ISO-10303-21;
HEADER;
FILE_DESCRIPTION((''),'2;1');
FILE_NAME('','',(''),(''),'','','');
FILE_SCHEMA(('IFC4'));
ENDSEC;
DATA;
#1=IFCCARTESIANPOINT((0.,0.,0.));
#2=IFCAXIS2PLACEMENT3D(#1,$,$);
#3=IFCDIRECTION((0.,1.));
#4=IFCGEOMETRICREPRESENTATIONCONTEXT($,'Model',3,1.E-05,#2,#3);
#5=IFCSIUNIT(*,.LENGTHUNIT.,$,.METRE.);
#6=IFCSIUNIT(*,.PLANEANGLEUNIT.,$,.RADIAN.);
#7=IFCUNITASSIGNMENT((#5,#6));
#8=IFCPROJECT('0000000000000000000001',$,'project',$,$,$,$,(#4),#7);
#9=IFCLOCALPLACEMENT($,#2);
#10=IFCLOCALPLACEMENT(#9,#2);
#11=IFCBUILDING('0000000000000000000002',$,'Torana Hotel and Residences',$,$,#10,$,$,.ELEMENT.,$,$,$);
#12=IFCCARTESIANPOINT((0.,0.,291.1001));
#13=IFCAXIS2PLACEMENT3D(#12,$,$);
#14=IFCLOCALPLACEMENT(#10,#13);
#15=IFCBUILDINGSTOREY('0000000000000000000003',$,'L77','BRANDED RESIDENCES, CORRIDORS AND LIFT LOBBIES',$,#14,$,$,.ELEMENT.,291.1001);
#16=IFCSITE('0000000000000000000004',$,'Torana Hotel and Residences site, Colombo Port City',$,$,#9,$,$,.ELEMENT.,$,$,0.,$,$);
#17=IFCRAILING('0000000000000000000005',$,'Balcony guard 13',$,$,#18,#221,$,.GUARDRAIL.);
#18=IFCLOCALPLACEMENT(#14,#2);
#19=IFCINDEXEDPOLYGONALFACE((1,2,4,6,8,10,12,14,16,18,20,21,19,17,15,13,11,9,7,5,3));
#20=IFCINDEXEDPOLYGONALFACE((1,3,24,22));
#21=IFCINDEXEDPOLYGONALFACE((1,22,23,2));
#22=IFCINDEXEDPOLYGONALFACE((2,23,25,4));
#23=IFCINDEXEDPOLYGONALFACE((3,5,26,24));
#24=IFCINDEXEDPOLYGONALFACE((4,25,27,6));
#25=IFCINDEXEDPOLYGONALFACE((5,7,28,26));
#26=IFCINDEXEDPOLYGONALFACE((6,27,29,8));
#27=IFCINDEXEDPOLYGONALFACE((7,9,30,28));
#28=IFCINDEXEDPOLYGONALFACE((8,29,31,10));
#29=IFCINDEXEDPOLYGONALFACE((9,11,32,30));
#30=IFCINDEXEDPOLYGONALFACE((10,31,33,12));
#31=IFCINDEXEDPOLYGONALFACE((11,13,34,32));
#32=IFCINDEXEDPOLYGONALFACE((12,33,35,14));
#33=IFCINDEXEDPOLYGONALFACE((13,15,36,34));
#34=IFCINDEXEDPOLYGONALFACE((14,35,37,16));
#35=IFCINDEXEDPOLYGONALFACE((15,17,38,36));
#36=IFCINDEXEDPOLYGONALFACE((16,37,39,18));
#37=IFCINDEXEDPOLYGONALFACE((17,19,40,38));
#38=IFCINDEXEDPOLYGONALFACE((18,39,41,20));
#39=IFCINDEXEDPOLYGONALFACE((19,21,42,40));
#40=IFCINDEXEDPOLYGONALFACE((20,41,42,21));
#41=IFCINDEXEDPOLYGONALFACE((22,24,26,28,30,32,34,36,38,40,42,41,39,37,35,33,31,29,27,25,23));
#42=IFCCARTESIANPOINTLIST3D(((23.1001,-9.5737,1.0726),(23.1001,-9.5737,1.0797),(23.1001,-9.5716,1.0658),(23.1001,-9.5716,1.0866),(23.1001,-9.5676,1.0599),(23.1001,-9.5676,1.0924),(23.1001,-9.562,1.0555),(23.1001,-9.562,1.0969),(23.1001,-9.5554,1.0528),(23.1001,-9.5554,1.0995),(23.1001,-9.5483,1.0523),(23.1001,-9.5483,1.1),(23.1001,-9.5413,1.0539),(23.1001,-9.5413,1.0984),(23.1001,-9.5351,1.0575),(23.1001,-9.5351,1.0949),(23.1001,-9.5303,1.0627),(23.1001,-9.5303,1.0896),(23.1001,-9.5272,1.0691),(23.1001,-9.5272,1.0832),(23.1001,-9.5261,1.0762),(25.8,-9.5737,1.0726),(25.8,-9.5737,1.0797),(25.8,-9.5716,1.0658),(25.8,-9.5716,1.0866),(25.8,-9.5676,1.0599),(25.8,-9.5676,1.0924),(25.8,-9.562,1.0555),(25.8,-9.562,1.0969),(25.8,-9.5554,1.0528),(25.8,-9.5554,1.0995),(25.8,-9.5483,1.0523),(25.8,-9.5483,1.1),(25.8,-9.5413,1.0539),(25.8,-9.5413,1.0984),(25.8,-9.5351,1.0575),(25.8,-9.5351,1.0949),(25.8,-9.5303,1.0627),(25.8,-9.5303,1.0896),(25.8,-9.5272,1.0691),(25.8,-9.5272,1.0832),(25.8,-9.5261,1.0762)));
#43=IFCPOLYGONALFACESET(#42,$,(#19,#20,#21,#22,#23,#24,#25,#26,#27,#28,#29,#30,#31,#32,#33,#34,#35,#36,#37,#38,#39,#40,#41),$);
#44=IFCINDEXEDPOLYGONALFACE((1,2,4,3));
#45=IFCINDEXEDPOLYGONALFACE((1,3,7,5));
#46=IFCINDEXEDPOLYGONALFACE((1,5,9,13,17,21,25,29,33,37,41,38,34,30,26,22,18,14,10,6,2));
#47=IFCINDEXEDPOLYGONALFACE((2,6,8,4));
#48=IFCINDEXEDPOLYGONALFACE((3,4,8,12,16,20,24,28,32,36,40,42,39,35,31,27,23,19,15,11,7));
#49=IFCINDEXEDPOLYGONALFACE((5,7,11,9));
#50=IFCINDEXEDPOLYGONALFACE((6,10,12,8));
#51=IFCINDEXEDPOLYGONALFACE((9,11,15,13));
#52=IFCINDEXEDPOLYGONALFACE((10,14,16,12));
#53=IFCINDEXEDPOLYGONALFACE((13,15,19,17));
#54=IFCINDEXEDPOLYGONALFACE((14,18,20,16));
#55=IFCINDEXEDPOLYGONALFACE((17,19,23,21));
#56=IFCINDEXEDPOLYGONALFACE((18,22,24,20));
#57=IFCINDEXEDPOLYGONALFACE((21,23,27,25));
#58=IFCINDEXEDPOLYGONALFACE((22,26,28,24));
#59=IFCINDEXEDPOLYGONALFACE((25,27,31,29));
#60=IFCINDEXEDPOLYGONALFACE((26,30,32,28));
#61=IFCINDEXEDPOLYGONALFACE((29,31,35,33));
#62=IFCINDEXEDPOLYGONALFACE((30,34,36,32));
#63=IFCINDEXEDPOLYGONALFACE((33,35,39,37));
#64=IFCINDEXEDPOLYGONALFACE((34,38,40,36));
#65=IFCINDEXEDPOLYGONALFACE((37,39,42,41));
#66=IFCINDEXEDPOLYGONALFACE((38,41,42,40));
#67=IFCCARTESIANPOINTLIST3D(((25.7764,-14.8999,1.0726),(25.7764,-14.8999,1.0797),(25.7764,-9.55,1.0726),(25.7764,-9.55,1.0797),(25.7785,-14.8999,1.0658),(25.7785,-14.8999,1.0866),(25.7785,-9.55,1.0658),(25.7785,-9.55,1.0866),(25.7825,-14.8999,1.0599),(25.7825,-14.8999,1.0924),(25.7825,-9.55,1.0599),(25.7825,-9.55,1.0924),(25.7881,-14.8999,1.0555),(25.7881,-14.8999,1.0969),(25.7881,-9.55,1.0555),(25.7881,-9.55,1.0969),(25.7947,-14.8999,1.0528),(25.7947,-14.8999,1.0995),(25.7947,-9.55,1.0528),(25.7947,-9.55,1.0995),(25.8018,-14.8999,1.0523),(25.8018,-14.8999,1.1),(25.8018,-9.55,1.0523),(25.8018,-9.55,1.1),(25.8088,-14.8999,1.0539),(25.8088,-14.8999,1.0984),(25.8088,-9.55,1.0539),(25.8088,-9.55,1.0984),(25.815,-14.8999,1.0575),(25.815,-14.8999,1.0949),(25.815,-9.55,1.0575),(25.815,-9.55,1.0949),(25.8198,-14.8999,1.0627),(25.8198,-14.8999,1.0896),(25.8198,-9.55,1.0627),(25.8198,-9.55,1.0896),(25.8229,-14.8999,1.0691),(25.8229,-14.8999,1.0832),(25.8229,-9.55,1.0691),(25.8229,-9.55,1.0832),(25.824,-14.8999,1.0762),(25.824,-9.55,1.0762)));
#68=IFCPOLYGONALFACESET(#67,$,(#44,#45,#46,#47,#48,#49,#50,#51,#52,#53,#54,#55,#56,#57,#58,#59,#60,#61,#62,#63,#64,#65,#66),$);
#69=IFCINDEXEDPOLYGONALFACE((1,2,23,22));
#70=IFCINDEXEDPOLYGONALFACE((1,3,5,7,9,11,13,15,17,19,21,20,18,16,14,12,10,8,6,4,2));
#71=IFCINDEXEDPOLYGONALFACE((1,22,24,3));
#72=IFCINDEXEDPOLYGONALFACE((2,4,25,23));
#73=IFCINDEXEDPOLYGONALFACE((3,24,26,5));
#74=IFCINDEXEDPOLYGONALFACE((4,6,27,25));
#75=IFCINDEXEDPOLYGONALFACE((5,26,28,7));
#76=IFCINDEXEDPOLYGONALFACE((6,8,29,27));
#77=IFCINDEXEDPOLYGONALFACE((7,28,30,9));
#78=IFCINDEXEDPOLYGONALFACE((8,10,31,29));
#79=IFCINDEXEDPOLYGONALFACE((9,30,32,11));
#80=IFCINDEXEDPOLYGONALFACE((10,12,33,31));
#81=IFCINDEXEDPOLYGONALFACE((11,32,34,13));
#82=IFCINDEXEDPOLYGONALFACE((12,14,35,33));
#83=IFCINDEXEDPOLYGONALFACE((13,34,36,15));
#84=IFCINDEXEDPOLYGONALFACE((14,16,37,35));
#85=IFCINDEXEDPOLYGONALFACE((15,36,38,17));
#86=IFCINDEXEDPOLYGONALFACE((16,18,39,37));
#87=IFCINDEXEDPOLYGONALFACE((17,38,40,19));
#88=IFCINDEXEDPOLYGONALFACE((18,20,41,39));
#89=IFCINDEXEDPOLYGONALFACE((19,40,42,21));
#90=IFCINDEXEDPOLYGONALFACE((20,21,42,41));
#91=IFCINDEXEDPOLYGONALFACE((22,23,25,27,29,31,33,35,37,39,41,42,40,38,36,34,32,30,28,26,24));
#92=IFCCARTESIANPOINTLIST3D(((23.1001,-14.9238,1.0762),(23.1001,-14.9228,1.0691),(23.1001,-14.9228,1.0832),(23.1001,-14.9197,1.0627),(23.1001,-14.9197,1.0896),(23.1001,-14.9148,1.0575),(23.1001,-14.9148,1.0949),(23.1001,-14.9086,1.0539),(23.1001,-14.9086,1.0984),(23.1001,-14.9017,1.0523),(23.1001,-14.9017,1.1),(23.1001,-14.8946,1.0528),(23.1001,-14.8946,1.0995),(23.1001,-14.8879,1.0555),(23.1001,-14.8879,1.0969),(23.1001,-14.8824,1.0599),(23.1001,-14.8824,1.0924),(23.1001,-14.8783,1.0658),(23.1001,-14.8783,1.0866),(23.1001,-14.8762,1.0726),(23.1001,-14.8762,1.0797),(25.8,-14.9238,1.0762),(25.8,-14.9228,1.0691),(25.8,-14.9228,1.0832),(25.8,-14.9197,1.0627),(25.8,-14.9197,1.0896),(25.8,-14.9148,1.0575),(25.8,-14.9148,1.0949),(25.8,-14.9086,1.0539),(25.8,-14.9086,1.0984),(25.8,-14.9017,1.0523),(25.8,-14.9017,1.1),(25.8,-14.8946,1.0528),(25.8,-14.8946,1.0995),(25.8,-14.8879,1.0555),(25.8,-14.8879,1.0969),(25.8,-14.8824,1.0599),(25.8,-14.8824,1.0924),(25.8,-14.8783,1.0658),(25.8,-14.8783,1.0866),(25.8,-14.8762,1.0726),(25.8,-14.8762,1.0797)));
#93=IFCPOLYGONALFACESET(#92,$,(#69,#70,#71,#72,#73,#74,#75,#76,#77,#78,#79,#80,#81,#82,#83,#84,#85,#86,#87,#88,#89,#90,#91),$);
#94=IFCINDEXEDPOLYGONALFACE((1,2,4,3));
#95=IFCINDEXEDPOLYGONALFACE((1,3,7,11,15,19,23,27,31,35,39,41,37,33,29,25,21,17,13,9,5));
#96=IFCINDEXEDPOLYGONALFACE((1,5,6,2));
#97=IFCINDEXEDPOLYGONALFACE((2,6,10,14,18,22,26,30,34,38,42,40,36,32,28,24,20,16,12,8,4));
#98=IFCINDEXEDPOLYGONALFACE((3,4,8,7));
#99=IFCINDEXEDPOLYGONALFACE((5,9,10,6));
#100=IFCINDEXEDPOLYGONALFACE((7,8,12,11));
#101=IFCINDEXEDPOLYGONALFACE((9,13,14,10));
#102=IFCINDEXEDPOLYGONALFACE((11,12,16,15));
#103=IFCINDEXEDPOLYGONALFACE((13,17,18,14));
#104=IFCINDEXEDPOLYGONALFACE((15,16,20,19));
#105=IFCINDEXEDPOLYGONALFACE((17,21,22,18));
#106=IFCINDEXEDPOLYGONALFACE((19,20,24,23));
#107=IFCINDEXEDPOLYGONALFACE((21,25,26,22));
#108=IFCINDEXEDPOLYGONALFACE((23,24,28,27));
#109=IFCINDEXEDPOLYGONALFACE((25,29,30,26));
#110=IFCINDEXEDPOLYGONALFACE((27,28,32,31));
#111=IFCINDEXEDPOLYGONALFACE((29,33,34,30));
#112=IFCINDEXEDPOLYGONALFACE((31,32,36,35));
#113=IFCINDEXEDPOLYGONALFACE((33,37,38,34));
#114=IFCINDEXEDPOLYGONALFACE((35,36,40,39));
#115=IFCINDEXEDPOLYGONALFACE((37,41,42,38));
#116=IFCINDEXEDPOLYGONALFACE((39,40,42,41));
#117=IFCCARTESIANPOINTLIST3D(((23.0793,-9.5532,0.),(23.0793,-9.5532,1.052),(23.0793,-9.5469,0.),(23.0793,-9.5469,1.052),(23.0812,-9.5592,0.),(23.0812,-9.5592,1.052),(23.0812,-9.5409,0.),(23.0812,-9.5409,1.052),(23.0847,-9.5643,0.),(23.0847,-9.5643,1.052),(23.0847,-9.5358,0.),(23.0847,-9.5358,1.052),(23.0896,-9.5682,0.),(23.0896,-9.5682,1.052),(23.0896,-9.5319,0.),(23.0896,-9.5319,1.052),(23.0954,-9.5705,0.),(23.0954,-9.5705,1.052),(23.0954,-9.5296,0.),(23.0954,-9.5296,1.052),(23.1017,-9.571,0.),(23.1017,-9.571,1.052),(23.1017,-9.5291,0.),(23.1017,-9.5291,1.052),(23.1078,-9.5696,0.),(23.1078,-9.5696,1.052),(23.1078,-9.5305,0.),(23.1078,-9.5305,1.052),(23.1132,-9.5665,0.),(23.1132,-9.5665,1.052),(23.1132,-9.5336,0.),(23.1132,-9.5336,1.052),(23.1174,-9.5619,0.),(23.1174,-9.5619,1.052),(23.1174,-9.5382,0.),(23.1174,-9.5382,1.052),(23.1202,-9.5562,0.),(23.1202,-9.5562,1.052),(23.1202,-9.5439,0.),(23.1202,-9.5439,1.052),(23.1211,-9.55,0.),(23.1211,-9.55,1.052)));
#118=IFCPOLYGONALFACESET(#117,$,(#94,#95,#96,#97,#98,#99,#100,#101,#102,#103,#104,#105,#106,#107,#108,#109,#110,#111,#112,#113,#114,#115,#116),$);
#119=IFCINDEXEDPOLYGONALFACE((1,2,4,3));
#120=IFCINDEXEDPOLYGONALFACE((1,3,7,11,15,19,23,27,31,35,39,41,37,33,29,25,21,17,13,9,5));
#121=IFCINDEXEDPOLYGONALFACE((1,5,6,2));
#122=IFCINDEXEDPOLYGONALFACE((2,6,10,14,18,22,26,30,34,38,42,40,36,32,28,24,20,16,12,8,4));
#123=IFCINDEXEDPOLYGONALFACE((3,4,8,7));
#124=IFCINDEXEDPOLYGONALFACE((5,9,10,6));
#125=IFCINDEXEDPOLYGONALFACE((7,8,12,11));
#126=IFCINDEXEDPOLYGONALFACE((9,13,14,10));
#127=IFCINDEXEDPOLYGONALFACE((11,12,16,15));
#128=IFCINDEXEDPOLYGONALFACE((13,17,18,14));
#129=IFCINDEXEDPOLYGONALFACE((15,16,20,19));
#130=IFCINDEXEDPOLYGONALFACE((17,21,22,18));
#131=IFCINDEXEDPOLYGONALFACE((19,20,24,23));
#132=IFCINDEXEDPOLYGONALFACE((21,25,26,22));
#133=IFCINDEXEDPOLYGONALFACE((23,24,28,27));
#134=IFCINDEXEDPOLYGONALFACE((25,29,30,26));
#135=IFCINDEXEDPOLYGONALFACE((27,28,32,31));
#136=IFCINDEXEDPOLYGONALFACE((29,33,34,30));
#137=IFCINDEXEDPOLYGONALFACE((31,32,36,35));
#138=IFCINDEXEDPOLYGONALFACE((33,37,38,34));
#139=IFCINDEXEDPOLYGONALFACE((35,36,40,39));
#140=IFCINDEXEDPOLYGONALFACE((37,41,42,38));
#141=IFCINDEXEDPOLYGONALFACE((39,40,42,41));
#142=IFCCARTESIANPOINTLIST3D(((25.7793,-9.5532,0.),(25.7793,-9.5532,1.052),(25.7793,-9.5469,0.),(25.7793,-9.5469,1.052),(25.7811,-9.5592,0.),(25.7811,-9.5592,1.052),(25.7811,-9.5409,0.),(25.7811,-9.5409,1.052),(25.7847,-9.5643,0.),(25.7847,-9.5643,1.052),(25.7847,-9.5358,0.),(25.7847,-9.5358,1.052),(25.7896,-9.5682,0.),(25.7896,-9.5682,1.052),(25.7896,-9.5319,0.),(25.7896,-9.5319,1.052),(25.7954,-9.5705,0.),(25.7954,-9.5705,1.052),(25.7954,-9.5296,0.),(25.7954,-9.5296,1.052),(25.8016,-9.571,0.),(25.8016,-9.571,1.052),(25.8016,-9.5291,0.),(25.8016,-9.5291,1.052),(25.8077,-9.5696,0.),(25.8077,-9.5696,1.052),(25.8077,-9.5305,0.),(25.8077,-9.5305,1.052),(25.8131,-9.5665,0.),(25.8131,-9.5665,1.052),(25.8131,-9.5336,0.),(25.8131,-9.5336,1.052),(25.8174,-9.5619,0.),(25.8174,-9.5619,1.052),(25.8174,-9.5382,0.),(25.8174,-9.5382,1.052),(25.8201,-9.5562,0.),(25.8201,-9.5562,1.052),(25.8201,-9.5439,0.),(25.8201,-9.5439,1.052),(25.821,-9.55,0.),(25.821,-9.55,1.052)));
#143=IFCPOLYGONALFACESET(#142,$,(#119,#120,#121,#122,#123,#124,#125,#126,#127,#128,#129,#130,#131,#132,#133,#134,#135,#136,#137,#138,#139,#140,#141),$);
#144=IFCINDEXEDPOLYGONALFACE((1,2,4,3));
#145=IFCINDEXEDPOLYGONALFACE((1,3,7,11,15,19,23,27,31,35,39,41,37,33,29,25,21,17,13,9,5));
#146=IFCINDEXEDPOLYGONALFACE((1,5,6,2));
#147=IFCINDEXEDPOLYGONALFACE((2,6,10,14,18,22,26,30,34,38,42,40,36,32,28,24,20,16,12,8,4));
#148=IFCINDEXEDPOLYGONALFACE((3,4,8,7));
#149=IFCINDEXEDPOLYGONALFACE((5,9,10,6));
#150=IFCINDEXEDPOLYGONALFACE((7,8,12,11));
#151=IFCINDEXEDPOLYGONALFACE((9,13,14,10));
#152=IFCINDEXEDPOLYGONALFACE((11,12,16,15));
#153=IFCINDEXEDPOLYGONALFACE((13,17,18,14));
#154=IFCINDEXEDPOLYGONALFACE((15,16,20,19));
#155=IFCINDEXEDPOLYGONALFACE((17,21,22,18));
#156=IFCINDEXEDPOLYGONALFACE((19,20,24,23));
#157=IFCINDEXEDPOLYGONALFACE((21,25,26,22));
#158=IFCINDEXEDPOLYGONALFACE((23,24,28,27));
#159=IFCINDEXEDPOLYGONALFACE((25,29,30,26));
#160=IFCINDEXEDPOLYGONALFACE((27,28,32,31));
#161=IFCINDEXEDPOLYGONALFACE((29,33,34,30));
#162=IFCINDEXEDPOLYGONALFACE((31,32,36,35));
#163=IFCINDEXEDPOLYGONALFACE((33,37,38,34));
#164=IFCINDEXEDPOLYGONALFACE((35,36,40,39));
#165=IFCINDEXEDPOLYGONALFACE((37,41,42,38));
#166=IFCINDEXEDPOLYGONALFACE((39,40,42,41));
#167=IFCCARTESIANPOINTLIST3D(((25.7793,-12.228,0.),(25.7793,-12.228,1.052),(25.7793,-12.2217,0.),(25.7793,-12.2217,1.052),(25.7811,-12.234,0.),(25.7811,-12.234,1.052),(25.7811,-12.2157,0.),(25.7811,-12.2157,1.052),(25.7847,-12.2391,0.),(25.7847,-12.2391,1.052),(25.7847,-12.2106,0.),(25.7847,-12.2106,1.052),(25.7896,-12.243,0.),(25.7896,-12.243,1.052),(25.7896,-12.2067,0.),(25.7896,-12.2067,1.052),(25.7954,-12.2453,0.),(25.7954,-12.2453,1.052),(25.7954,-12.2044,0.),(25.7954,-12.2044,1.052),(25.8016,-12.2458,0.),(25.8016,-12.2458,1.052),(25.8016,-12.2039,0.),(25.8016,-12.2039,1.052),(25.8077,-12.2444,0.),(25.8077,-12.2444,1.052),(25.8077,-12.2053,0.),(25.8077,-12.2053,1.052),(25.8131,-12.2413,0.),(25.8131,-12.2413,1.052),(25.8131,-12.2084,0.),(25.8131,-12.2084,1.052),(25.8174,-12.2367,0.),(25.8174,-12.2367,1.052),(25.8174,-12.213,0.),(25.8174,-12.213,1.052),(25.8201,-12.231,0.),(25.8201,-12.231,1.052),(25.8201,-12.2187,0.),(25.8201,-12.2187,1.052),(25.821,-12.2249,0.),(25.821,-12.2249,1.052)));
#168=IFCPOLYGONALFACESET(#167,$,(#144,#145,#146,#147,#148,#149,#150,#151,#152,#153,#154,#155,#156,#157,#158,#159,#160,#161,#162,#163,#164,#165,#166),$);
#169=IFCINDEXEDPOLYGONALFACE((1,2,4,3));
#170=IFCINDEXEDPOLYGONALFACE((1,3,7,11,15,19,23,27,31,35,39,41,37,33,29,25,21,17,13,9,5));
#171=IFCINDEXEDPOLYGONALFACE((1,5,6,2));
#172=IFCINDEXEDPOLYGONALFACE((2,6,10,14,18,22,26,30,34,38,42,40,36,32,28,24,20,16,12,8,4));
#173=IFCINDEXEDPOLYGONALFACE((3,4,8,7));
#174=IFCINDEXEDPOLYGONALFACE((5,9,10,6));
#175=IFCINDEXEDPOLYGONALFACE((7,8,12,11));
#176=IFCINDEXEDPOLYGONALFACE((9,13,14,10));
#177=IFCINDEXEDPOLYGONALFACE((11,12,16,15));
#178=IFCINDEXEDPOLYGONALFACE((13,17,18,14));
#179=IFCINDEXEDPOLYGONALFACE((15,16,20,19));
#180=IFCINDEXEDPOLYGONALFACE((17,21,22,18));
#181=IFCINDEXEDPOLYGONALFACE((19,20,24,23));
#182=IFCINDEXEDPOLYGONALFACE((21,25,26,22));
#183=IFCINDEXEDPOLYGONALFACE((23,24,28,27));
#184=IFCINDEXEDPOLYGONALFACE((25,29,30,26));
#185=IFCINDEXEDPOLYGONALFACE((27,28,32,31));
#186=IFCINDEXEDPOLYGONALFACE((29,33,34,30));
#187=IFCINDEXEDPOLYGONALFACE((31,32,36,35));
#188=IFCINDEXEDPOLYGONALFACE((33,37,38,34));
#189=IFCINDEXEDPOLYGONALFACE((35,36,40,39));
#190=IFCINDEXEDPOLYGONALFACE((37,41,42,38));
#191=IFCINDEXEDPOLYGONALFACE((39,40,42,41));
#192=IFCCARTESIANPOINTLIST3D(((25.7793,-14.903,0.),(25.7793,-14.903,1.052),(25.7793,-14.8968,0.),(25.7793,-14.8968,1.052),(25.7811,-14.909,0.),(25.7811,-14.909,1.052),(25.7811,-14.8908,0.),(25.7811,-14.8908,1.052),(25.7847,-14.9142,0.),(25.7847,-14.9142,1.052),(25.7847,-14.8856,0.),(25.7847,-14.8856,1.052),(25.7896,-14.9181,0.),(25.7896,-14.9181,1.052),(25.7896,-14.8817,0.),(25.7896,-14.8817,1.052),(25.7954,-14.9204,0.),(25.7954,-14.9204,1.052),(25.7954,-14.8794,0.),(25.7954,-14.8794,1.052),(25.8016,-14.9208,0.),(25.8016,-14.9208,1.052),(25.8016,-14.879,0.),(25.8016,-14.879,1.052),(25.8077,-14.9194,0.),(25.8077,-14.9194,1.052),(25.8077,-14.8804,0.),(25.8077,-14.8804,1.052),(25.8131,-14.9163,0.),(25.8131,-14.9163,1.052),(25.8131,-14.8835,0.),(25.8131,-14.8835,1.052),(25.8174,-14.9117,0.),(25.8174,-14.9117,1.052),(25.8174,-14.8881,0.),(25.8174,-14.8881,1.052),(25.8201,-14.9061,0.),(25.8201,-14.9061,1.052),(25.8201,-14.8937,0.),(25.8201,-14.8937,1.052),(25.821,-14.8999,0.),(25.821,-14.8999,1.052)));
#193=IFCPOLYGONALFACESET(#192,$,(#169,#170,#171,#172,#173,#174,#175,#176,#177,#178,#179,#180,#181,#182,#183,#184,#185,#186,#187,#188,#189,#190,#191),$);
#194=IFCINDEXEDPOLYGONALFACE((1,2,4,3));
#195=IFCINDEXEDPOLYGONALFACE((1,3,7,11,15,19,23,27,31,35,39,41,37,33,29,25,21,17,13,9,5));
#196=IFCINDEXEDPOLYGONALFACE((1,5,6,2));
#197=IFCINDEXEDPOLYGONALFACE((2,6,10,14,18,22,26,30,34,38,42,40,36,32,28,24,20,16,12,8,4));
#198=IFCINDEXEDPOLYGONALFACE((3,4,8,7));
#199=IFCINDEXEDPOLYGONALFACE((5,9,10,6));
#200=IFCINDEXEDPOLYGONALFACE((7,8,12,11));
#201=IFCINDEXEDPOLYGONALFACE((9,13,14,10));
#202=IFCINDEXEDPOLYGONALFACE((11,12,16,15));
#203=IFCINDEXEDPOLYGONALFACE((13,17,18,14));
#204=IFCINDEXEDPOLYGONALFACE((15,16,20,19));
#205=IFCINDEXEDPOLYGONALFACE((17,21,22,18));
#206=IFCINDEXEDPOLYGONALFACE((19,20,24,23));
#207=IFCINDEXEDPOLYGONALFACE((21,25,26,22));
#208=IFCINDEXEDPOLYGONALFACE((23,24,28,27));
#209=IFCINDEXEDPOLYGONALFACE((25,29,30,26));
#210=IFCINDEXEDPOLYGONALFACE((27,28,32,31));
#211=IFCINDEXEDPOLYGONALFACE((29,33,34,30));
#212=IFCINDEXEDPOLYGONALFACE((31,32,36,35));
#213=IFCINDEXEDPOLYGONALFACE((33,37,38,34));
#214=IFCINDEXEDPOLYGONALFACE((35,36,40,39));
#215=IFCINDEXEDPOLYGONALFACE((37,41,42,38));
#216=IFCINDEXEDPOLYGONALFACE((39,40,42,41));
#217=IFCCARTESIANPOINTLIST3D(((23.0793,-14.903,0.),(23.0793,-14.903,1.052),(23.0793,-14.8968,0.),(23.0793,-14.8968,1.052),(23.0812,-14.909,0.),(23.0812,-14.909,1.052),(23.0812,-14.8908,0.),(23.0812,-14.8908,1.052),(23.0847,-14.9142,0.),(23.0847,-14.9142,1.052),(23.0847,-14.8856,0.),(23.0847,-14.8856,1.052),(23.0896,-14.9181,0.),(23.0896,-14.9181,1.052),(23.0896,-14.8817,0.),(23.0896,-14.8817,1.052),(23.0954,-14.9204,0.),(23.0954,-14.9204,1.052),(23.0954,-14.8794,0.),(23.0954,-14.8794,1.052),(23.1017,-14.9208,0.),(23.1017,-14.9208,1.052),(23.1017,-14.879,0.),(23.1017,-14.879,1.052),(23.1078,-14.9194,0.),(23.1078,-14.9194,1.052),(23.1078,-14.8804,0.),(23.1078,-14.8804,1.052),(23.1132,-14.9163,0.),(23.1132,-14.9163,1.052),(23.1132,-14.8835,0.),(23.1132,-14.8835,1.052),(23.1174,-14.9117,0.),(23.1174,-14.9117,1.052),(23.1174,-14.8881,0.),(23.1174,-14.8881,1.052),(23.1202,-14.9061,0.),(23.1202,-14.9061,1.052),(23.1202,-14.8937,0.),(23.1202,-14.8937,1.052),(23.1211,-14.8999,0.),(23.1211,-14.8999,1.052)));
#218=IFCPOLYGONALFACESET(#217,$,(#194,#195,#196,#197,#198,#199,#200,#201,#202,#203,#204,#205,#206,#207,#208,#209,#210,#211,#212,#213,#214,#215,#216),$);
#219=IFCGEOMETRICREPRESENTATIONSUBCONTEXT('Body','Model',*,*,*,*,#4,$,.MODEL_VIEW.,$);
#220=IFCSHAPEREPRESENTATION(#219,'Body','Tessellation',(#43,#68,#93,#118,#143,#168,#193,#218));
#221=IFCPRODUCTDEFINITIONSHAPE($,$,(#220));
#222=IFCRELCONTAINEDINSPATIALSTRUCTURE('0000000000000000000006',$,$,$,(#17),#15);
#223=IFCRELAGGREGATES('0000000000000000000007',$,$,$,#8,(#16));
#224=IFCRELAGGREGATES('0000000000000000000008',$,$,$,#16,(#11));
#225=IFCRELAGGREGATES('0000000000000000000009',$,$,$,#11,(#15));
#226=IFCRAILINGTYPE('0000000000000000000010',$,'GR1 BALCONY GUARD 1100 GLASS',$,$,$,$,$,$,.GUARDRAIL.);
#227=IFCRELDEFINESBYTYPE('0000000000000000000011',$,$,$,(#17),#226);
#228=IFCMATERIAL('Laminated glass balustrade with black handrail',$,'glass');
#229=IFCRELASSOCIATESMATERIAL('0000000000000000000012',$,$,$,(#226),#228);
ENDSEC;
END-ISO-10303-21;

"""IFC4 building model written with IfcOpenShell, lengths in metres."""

from ifc_helpers import new_model, si_unit, direction, frame, origin, origin_2d, place, context, subcontext, project, spatial, circle, extrude, material, type_object, element, save


model = new_model("IFC4")

# Units and contexts
model_context = context("Model", 3, precision=1e-05, world=origin(), true_north=direction((0.0, 1.0)))
body_context = subcontext(model_context, "Body", "Model", "MODEL_VIEW")
ifc_project = project(units=[si_unit("LENGTHUNIT", "METRE"), si_unit("PLANEANGLEUNIT", "RADIAN")], contexts=[model_context])

# Site, building, storey
site_placement = place(None, origin())
site = spatial("IfcSite", under=ifc_project, at=site_placement, Name="Torana Hotel and Residences site, Colombo Port City", CompositionType="ELEMENT", RefElevation=0.0)
building_placement = place(site_placement, origin())
building = spatial("IfcBuilding", under=site, at=building_placement, Name="Torana Hotel and Residences", CompositionType="ELEMENT")
storey_placement = place(building_placement, frame((0.0, 0.0, 291.1001)))
storey = spatial("IfcBuildingStorey", under=building, at=storey_placement, Name="L77", Description="BRANDED RESIDENCES, CORRIDORS AND LIFT LOBBIES", CompositionType="ELEMENT", Elevation=291.1001)

# Railing
ifc_material_1 = material(Name="Laminated glass balustrade with black handrail", Category="glass")
railing_type = type_object("IfcRailingType", Name="GR1 BALCONY GUARD 1100 GLASS", PredefinedType="GUARDRAIL", material=ifc_material_1)
railing_1_placement = place(storey_placement, frame((23.1001, -9.55, 0.0)))
element("IfcRailing", 1, at=railing_1_placement, inside=storey, type_object=railing_type, Name="Balcony guard 13", PredefinedType="GUARDRAIL", context=body_context, shape_type="SweptSolid", body=[
    extrude(circle(Radius=0.0239, at=origin_2d()), frame((0.0, 0.0, 1.0762), z_axis=(1.0, 0.0, 0.0), x_axis=(0.0, 1.0, 0.0)), (0.0, 0.0, 1.0), 2.7),
    extrude(circle(Radius=0.0239, at=origin_2d()), frame((2.7, 0.0, 1.0762), z_axis=(0.0, -1.0, 0.0), x_axis=(1.0, 0.0, 0.0)), (0.0, 0.0, 1.0), 5.3499),
    extrude(circle(Radius=0.0239, at=origin_2d()), frame((2.7, -5.3499, 1.0762), z_axis=(-1.0, 0.0, 0.0), x_axis=(0.0, -1.0, 0.0)), (0.0, 0.0, 1.0), 2.7),
    extrude(circle(Radius=0.021, at=origin_2d()), origin(), (0.0, 0.0, 1.0), 1.052),
    extrude(circle(Radius=0.021, at=origin_2d()), frame((2.7, 0.0, 0.0)), (0.0, 0.0, 1.0), 1.052),
    extrude(circle(Radius=0.021, at=origin_2d()), frame((2.7, -2.6748, 0.0)), (0.0, 0.0, 1.0), 1.052),
    extrude(circle(Radius=0.021, at=origin_2d()), frame((2.7, -5.3499, 0.0)), (0.0, 0.0, 1.0), 1.052),
    extrude(circle(Radius=0.021, at=origin_2d()), frame((0.0, -5.3499, 0.0)), (0.0, 0.0, 1.0), 1.052),
])

save(model, "model.ifc")
